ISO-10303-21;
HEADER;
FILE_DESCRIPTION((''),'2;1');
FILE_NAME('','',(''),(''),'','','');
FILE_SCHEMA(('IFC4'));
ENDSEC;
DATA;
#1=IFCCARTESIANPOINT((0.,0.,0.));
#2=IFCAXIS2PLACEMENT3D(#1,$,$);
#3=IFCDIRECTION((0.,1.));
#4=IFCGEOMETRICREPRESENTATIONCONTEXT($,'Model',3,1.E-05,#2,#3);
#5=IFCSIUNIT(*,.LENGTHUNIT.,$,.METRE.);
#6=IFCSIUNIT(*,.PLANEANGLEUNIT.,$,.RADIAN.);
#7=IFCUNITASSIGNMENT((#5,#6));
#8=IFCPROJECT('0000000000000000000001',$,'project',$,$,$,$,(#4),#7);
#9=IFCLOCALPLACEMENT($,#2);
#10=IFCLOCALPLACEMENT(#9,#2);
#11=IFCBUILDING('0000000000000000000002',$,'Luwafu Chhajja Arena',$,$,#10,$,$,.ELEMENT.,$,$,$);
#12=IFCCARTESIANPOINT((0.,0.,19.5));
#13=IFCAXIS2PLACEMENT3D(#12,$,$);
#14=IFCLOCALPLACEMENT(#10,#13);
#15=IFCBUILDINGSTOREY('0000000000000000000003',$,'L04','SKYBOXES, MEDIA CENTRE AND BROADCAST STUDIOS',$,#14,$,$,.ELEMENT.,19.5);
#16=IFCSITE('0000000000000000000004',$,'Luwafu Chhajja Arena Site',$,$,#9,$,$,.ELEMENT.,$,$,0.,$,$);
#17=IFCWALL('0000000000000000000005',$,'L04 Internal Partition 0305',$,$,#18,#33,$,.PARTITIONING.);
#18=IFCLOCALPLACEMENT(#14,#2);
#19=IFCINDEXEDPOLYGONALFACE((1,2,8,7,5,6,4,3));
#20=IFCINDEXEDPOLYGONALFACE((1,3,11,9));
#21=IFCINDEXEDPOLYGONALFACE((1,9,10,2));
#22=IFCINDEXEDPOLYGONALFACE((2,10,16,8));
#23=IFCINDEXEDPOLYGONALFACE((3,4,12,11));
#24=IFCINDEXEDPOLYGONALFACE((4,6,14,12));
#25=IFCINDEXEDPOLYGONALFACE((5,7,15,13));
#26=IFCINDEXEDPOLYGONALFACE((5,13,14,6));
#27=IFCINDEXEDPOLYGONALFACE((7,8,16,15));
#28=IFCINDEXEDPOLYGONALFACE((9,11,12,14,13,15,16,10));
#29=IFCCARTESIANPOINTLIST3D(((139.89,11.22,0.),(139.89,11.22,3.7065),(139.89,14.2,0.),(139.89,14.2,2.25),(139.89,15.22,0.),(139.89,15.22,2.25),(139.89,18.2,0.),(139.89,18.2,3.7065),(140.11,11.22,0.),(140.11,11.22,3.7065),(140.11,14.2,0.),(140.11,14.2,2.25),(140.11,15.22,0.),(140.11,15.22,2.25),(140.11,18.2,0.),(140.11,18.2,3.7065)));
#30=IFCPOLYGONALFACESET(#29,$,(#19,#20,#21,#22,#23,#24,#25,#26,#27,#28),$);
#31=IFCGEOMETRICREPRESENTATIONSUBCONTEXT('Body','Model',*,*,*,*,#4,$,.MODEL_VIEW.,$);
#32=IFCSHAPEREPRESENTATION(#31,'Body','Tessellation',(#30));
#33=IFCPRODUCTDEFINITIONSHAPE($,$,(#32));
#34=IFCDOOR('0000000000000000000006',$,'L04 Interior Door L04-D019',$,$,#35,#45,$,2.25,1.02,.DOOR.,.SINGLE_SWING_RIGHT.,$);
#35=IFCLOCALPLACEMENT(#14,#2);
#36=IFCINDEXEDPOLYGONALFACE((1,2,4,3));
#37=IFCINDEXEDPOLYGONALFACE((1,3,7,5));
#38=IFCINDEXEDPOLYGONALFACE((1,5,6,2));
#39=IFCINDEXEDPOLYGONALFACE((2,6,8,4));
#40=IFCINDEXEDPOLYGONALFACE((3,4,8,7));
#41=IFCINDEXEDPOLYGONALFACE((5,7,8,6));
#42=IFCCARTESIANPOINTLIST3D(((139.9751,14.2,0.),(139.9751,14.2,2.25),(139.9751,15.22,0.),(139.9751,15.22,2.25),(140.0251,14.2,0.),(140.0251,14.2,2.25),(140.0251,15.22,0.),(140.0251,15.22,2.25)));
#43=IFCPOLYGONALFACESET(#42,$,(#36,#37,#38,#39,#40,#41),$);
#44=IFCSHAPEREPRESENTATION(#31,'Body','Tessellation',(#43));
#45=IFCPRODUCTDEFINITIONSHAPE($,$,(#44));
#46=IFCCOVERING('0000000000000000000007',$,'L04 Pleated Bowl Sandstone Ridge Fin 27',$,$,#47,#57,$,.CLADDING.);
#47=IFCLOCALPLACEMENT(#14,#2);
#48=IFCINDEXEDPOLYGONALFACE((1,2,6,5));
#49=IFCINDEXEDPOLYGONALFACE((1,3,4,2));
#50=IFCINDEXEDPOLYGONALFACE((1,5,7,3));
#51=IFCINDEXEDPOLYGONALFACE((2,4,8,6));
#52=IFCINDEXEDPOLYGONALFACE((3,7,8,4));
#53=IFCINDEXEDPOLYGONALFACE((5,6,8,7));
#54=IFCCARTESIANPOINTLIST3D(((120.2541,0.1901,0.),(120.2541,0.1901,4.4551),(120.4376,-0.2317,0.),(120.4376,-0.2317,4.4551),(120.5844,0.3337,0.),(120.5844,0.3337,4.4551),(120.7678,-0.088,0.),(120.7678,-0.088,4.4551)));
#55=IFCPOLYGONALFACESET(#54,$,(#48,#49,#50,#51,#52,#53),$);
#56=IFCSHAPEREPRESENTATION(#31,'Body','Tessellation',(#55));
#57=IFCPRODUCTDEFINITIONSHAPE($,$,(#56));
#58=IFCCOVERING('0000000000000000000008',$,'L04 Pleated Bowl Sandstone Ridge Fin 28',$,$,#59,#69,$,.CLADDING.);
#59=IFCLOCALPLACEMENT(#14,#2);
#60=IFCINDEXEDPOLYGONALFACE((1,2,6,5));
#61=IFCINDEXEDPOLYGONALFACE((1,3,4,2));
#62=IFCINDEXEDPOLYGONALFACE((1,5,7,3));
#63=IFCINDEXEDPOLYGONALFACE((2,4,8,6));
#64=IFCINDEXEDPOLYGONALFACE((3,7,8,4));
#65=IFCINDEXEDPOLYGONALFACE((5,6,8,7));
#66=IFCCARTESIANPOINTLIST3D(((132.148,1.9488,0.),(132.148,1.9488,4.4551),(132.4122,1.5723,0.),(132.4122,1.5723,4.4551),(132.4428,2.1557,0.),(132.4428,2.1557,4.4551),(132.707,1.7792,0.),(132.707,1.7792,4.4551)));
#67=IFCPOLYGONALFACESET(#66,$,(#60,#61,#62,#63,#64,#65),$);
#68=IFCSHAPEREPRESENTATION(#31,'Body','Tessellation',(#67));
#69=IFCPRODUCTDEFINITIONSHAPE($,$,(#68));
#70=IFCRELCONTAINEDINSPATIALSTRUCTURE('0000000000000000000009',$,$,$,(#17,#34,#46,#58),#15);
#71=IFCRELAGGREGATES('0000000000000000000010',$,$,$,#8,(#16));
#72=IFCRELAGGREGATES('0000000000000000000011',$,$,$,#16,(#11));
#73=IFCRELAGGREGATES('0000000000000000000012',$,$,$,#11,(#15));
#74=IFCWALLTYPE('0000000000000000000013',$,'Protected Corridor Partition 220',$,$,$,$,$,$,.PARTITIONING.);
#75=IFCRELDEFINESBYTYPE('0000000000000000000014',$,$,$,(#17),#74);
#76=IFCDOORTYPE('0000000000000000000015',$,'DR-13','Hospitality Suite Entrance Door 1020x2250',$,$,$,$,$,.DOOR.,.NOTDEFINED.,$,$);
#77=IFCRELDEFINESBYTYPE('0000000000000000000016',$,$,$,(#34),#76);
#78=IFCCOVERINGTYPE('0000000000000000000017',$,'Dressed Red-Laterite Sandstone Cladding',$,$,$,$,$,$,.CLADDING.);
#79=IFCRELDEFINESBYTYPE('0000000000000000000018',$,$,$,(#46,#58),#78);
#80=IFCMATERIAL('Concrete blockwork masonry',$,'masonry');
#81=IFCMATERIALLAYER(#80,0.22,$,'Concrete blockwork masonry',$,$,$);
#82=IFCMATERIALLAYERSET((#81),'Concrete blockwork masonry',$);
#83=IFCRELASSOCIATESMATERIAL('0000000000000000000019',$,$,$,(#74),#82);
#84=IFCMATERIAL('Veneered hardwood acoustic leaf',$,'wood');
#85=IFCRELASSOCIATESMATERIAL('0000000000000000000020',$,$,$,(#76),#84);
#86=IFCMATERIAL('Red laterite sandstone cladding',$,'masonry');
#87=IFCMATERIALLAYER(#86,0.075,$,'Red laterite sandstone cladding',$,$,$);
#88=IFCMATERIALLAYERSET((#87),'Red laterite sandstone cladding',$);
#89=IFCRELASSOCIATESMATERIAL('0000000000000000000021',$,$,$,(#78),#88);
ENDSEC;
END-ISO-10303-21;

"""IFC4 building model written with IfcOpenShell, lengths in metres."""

from ifc_helpers import new_model, si_unit, direction, frame, frame_2d, origin, origin_2d, place, context, subcontext, project, spatial, rectangle, extrude, material, layer, layer_set, type_object, element, fill, save


model = new_model("IFC4")

# Units and contexts
model_context = context("Model", 3, precision=1e-05, world=origin(), true_north=direction((0.0, 1.0)))
body_context = subcontext(model_context, "Body", "Model", "MODEL_VIEW")
ifc_project = project(units=[si_unit("LENGTHUNIT", "METRE"), si_unit("PLANEANGLEUNIT", "RADIAN")], contexts=[model_context])

# Site, building, storey
site_placement = place(None, origin())
site = spatial("IfcSite", under=ifc_project, at=site_placement, Name="Luwafu Chhajja Arena Site", CompositionType="ELEMENT", RefElevation=0.0)
building_placement = place(site_placement, origin())
building = spatial("IfcBuilding", under=site, at=building_placement, Name="Luwafu Chhajja Arena", CompositionType="ELEMENT")
storey_placement = place(building_placement, frame((0.0, 0.0, 19.5)))
storey = spatial("IfcBuildingStorey", under=building, at=storey_placement, Name="L04", Description="SKYBOXES, MEDIA CENTRE AND BROADCAST STUDIOS", CompositionType="ELEMENT", Elevation=19.5)

# Shared definitions
ifc_material_1 = material(Name="Concrete blockwork masonry", Category="masonry")

# Wall, opening, door
ifc_layer_1 = layer(ifc_material_1, 0.22, Name="Concrete blockwork masonry")
ifc_layer_set_1 = layer_set([ifc_layer_1], Name="Concrete blockwork masonry")
wall_type_1 = type_object("IfcWallType", Name="Protected Corridor Partition 220", PredefinedType="PARTITIONING", material=ifc_layer_set_1)
wall_1_placement = place(storey_placement, frame((140.0, 11.22, 0.0), z_axis=(0.0, 0.0, 1.0), x_axis=(0.0, 1.0, 0.0)))
wall_1 = element("IfcWall", 1, at=wall_1_placement, inside=storey, type_object=wall_type_1, Name="L04 Internal Partition 0305", PredefinedType="PARTITIONING", context=body_context, shape_type="SweptSolid", body=[
    extrude(rectangle(XDim=6.98, YDim=0.22, at=frame_2d((3.49, 0.0))), origin(), (0.0, 0.0, 1.0), 3.7065),
])
opening_1_placement = place(wall_1_placement, frame((2.98, 0.0, 0.0)))
opening_1 = element("IfcOpeningElement", 2, at=opening_1_placement, cuts=wall_1, PredefinedType="OPENING", context=body_context, shape_type="SweptSolid", body=[
    extrude(rectangle(XDim=1.02, YDim=2.25, at=frame_2d((0.51, 1.125))), frame((0.0, 0.1199, 0.0), z_axis=(0.0, -1.0, 0.0), x_axis=(1.0, 0.0, 0.0)), (0.0, 0.0, 1.0), 0.24),
])
ifc_material_2 = material(Name="Veneered hardwood acoustic leaf", Category="wood")
door_type = type_object("IfcDoorType", Name="DR-13", Description="Hospitality Suite Entrance Door 1020x2250", OperationType="NOTDEFINED", PredefinedType="DOOR", material=ifc_material_2)
door_placement = place(opening_1_placement, origin())
door = element("IfcDoor", 3, at=door_placement, inside=storey, type_object=door_type, Name="L04 Interior Door L04-D019", OperationType="SINGLE_SWING_RIGHT", OverallHeight=2.25, OverallWidth=1.02, PredefinedType="DOOR", context=body_context, shape_type="SweptSolid", body=[
    extrude(rectangle(XDim=1.02, YDim=2.25, at=frame_2d((0.51, 1.125))), frame((0.0, 0.0249, 0.0), z_axis=(0.0, -1.0, 0.0), x_axis=(1.0, 0.0, 0.0)), (0.0, 0.0, 1.0), 0.05),
])
fill(opening_1, door)

# Coverings
ifc_material_3 = material(Name="Red laterite sandstone cladding", Category="masonry")
ifc_layer_2 = layer(ifc_material_3, 0.075, Name="Red laterite sandstone cladding")
ifc_layer_set_2 = layer_set([ifc_layer_2], Name="Red laterite sandstone cladding")
covering_type = type_object("IfcCoveringType", Name="Dressed Red-Laterite Sandstone Cladding", PredefinedType="CLADDING", material=ifc_layer_set_2)
for number, where, z_axis, x_axis, name in (
    (4, (120.511, 0.051, 0.0), (0.0, 0.0, 1.0), (0.398903, -0.916993, 0.0), "L04 Pleated Bowl Sandstone Ridge Fin 27"),
    (5, (132.4275, 1.864, 0.0), (0.0, 0.0, 1.0), (0.574411, -0.818567, 0.0), "L04 Pleated Bowl Sandstone Ridge Fin 28"),
):
    element("IfcCovering", number, at=place(storey_placement, frame(where, z_axis=z_axis, x_axis=x_axis)), inside=storey, type_object=covering_type, Name=name, PredefinedType="CLADDING", context=body_context, shape_type="SweptSolid", body=[
        extrude(rectangle(XDim=0.46, YDim=0.3601, at=origin_2d()), origin(), (0.0, 0.0, 1.0), 4.4551),
    ])

save(model, "model.ifc")
